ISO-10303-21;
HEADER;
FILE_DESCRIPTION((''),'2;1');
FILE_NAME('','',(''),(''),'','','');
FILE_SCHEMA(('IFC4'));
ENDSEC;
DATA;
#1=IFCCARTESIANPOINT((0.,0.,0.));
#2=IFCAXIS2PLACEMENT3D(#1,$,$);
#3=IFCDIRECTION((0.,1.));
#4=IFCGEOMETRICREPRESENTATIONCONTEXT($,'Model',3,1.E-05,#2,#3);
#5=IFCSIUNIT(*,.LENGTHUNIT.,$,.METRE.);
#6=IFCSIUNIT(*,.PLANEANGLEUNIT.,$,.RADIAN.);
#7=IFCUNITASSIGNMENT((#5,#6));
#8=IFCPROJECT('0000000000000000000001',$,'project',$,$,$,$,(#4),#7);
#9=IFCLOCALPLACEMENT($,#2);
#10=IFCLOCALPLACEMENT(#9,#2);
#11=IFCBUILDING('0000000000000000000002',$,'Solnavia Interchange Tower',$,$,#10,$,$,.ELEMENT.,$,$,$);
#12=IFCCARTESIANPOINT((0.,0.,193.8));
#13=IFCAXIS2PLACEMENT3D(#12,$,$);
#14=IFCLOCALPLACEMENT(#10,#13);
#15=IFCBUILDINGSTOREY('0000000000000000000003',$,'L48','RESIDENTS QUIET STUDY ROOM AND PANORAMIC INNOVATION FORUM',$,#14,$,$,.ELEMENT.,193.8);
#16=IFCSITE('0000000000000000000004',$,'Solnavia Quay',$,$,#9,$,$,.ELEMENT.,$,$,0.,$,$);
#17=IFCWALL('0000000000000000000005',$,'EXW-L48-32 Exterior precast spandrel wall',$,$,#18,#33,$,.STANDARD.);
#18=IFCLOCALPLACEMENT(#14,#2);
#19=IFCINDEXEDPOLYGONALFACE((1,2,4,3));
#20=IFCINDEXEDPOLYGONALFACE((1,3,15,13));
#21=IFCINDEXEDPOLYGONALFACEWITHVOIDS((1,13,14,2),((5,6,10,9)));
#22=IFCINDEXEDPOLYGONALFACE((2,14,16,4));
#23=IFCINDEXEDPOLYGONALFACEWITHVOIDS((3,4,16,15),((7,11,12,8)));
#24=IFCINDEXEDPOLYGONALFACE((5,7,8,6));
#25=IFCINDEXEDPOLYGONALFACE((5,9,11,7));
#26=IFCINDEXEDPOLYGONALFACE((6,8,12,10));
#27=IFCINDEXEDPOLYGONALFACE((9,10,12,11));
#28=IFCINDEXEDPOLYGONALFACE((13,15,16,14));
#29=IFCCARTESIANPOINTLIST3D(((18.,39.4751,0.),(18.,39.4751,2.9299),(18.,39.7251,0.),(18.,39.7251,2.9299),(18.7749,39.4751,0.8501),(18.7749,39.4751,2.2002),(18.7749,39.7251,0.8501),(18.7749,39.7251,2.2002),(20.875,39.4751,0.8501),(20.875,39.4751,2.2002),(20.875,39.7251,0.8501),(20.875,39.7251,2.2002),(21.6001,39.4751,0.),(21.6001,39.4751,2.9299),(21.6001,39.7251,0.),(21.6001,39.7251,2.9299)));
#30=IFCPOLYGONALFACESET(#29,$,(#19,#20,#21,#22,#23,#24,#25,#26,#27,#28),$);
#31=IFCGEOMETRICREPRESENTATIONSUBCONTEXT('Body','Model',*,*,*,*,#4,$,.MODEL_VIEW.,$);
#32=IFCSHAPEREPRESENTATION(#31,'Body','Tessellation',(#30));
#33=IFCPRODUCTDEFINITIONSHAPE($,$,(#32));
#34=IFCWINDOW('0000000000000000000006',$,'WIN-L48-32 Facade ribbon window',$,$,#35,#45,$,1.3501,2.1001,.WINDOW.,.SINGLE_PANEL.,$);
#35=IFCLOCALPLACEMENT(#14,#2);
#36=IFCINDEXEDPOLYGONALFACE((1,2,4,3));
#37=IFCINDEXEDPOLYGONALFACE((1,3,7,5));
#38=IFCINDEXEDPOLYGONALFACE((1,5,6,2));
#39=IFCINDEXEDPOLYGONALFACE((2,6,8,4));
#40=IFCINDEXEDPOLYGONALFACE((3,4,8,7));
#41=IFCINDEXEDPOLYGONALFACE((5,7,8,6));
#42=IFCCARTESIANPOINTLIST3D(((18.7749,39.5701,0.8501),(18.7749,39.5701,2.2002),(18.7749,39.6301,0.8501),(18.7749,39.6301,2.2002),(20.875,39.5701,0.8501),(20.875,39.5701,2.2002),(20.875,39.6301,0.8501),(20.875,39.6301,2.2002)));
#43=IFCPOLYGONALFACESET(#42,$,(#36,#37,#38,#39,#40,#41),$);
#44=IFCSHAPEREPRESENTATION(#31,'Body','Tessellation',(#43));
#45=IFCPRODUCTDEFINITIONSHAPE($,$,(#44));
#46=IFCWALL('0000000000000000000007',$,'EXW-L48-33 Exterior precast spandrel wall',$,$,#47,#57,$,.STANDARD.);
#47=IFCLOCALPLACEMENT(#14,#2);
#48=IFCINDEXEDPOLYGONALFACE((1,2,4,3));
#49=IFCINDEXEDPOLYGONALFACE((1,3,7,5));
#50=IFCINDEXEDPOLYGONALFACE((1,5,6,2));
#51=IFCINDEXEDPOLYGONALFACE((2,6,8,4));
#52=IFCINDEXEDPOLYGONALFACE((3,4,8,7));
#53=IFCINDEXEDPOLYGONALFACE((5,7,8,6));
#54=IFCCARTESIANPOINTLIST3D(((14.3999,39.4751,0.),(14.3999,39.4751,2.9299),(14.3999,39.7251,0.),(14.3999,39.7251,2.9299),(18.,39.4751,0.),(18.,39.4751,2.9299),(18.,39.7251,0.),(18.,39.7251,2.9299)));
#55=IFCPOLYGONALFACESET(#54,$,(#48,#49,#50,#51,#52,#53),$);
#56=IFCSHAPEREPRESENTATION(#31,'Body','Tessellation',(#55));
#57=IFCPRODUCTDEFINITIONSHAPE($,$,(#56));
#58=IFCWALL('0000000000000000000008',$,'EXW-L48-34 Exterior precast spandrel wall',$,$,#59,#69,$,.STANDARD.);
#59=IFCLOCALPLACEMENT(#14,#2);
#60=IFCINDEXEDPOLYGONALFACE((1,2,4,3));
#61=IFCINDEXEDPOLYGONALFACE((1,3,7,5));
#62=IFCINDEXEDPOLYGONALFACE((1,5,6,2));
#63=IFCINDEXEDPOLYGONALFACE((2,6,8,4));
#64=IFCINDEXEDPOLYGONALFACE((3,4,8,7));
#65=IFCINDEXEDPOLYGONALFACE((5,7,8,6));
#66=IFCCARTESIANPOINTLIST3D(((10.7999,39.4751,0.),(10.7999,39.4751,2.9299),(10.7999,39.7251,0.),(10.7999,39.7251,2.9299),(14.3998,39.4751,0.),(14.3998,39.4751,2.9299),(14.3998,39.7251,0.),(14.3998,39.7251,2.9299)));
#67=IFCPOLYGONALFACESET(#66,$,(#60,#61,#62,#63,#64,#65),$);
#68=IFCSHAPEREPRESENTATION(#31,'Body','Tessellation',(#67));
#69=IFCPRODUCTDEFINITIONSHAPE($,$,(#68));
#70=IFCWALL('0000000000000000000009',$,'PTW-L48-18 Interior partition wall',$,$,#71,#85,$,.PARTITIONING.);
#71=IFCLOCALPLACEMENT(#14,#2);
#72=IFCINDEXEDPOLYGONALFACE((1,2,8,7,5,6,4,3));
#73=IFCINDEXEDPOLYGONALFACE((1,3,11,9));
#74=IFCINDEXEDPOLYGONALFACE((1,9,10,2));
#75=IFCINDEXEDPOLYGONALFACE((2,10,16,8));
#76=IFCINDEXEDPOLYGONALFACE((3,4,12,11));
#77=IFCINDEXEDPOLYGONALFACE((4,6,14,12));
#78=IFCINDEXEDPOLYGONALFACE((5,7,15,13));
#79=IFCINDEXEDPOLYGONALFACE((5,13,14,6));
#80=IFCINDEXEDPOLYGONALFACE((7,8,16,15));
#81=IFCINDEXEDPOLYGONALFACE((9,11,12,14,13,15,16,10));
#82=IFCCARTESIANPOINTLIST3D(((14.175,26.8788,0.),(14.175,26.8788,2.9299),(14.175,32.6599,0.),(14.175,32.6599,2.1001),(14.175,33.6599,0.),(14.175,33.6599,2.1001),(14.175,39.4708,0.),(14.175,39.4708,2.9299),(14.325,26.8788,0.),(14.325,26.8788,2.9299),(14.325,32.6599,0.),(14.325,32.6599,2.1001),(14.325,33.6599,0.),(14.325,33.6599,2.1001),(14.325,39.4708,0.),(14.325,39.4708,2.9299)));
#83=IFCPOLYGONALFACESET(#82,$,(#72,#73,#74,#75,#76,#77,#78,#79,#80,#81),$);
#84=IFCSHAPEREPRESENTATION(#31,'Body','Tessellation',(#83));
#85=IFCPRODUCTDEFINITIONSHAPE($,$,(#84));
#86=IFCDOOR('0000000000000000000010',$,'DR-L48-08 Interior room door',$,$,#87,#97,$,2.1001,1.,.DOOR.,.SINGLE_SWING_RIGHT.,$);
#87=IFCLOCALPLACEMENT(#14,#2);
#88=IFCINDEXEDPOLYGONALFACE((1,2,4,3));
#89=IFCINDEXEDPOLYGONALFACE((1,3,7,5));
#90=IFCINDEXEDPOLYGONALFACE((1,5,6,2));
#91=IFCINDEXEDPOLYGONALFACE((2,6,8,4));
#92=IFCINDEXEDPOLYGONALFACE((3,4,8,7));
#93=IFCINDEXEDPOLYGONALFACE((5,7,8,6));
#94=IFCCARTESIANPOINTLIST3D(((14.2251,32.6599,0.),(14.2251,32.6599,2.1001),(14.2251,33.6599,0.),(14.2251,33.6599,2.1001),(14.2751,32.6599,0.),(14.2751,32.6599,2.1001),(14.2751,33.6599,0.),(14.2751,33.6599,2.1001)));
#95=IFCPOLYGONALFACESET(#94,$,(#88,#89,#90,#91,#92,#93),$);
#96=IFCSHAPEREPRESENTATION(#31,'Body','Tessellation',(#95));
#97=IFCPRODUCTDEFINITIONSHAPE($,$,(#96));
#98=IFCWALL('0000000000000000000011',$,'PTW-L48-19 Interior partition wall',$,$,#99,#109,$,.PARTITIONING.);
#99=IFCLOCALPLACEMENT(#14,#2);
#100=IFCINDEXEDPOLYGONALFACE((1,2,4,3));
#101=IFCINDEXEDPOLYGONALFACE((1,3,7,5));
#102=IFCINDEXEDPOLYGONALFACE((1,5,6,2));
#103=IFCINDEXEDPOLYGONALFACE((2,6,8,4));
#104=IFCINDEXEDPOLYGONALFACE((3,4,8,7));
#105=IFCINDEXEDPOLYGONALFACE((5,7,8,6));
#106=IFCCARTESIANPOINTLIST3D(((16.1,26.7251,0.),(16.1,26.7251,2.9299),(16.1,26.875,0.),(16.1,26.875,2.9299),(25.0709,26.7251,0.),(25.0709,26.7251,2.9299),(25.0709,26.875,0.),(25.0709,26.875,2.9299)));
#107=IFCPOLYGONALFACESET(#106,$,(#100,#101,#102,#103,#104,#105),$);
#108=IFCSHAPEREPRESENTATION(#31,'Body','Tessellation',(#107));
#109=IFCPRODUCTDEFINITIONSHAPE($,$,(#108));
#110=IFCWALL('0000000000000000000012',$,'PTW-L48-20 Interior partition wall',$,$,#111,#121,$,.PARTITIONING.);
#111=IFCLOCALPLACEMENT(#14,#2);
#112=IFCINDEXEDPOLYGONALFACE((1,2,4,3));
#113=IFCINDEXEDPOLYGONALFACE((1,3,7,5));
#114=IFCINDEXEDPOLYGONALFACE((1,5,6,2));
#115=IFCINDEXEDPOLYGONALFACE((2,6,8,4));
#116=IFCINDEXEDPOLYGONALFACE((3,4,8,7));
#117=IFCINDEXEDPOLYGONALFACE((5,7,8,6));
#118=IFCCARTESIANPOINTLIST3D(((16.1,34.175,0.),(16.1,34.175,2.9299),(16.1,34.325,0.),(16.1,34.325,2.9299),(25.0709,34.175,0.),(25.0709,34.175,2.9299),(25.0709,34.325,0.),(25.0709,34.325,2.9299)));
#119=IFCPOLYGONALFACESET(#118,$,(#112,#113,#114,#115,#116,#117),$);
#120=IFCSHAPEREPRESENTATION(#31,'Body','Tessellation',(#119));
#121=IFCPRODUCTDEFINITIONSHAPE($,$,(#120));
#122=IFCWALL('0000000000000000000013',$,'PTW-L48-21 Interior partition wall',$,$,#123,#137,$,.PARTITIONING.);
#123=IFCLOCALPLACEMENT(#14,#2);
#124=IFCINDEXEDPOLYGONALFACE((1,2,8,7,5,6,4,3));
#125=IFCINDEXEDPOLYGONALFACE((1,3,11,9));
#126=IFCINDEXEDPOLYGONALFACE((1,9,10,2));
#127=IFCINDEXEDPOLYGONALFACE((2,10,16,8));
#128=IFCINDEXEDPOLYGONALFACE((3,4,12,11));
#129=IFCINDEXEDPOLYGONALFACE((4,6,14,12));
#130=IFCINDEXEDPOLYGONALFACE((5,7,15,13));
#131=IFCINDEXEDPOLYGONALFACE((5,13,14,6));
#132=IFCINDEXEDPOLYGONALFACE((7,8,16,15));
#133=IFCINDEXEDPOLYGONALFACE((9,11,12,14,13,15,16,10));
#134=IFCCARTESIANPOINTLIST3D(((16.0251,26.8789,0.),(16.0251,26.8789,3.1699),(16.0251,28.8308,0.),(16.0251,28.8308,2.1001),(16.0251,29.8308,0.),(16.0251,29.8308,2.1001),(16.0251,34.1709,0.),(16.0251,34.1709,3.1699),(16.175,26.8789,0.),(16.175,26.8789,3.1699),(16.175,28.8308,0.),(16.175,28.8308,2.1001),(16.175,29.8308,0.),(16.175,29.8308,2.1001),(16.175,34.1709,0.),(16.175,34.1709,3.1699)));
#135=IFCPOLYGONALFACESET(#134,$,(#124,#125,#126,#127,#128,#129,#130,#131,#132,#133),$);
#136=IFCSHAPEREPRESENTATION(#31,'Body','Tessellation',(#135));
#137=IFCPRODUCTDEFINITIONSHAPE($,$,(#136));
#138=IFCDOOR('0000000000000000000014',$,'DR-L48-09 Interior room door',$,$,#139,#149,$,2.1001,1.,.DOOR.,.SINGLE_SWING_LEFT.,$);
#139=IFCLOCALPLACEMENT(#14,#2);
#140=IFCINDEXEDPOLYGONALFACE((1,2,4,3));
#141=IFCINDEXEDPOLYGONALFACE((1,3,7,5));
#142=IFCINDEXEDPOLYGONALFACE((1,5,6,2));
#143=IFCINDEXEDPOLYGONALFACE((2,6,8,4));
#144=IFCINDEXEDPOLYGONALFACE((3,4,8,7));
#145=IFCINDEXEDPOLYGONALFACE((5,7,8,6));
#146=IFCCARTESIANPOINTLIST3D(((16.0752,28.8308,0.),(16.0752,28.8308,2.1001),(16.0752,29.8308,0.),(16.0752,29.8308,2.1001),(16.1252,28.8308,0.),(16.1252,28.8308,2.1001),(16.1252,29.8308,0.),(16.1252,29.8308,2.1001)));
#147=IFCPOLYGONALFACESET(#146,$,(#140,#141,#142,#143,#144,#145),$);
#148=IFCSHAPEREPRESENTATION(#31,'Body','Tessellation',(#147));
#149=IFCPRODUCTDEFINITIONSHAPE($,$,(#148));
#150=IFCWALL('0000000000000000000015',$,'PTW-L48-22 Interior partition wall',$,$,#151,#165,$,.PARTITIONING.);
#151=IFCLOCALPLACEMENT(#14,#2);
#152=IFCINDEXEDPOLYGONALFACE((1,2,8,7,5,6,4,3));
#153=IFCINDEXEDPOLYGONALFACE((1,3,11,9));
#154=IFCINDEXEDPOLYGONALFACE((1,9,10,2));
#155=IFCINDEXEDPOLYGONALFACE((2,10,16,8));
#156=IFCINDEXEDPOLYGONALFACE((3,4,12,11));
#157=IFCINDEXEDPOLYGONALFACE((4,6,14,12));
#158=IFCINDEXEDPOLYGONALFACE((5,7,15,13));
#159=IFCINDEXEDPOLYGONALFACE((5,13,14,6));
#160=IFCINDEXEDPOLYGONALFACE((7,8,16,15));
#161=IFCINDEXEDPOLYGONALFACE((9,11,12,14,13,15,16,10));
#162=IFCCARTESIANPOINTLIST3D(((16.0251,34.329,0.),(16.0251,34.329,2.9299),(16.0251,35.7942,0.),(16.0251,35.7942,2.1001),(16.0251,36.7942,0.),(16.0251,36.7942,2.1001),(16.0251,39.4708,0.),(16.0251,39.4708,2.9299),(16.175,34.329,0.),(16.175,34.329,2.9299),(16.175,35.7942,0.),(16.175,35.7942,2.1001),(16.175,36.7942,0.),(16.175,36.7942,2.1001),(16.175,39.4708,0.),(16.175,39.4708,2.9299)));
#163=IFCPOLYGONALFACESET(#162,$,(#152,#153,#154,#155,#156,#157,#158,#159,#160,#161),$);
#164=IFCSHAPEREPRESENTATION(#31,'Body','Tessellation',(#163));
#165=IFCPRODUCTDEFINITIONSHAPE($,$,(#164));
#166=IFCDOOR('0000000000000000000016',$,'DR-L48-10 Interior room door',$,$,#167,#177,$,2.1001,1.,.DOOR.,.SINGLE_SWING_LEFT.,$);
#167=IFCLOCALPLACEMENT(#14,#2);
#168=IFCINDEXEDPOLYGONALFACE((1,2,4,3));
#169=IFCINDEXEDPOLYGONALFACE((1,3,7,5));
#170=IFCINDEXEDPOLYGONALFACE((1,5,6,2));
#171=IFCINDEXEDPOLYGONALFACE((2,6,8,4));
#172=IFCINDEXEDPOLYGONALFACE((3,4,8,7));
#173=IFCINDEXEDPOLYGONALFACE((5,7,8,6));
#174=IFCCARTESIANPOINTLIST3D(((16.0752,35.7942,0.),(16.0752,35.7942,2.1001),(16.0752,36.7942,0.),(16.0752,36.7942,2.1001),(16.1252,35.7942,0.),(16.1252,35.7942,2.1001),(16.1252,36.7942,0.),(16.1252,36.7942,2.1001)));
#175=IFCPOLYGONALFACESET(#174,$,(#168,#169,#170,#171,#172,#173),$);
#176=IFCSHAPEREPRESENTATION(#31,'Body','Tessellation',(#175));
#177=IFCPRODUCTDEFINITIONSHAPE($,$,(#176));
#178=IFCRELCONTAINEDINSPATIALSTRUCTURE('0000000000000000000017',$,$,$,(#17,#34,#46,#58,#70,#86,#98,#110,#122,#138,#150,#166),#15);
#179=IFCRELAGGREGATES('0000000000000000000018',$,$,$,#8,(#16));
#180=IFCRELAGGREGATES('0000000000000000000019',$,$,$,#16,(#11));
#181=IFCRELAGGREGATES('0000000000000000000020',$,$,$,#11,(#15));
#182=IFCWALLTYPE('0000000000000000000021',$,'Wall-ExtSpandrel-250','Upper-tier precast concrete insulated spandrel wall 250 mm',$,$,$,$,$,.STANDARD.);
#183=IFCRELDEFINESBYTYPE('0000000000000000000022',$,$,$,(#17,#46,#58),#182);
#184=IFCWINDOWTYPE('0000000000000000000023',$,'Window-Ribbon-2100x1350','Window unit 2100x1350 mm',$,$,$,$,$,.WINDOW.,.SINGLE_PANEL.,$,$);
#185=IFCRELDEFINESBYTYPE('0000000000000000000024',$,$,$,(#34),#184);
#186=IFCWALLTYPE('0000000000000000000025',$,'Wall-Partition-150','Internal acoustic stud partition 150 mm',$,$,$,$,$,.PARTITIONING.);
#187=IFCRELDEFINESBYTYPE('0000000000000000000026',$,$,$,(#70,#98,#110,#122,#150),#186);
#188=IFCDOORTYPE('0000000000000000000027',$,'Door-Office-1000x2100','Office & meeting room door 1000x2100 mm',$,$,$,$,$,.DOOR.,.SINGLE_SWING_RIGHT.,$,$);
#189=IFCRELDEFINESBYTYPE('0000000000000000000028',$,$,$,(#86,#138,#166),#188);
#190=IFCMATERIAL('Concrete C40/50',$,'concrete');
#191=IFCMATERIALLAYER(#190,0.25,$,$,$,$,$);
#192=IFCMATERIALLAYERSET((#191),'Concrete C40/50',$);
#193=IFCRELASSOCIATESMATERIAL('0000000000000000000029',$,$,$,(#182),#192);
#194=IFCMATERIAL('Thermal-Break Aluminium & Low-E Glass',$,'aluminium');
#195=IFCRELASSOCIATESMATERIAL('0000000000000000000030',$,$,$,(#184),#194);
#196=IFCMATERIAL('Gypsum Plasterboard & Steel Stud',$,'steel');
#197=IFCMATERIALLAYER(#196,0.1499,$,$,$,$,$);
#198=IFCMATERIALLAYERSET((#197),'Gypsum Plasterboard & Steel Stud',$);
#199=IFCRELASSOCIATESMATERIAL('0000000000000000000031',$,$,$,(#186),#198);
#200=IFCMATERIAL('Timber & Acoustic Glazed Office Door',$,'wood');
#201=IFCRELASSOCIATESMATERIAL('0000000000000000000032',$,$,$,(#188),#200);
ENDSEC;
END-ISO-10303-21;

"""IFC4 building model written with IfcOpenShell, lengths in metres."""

from ifc_helpers import new_model, si_unit, direction, frame, frame_2d, origin, place, context, subcontext, project, spatial, rectangle, extrude, material, layer, layer_set, type_object, element, fill, save


model = new_model("IFC4")

# Units and contexts
model_context = context("Model", 3, precision=1e-05, world=origin(), true_north=direction((0.0, 1.0)))
body_context = subcontext(model_context, "Body", "Model", "MODEL_VIEW")
ifc_project = project(units=[si_unit("LENGTHUNIT", "METRE"), si_unit("PLANEANGLEUNIT", "RADIAN")], contexts=[model_context])

# Site, building, storey
site_placement = place(None, origin())
site = spatial("IfcSite", under=ifc_project, at=site_placement, Name="Solnavia Quay", CompositionType="ELEMENT", RefElevation=0.0)
building_placement = place(site_placement, origin())
building = spatial("IfcBuilding", under=site, at=building_placement, Name="Solnavia Interchange Tower", CompositionType="ELEMENT")
storey_placement = place(building_placement, frame((0.0, 0.0, 193.8)))
storey = spatial("IfcBuildingStorey", under=building, at=storey_placement, Name="L48", Description="RESIDENTS QUIET STUDY ROOM AND PANORAMIC INNOVATION FORUM", CompositionType="ELEMENT", Elevation=193.8)

# Wall, opening, window
ifc_material_1 = material(Name="Concrete C40/50", Category="concrete")
ifc_layer_1 = layer(ifc_material_1, 0.25)
ifc_layer_set_1 = layer_set([ifc_layer_1], Name="Concrete C40/50")
wall_type_1 = type_object("IfcWallType", Name="Wall-ExtSpandrel-250", Description="Upper-tier precast concrete insulated spandrel wall 250 mm", PredefinedType="STANDARD", material=ifc_layer_set_1)
wall_1_placement = place(storey_placement, frame((18.0, 39.6001, 0.0), z_axis=(0.0, 0.0, 1.0), x_axis=(1.0, 0.0, 0.0)))
wall_1 = element("IfcWall", 1, at=wall_1_placement, inside=storey, type_object=wall_type_1, Name="EXW-L48-32 Exterior precast spandrel wall", PredefinedType="STANDARD", context=body_context, shape_type="SweptSolid", body=[
    extrude(rectangle(XDim=3.6001, YDim=0.25, at=frame_2d((1.8, 0.0))), origin(), (0.0, 0.0, 1.0), 2.9299),
])
opening_1_placement = place(wall_1_placement, frame((0.7749, 0.0, 0.8501)))
opening_1 = element("IfcOpeningElement", 2, at=opening_1_placement, cuts=wall_1, PredefinedType="OPENING", context=body_context, shape_type="SweptSolid", body=[
    extrude(rectangle(XDim=2.1001, YDim=1.3501, at=frame_2d((1.05, 0.675))), frame((0.0, 0.135, 0.0), z_axis=(0.0, -1.0, 0.0), x_axis=(1.0, 0.0, 0.0)), (0.0, 0.0, 1.0), 0.27),
])
ifc_material_2 = material(Name="Thermal-Break Aluminium & Low-E Glass", Category="aluminium")
window_type = type_object("IfcWindowType", Name="Window-Ribbon-2100x1350", Description="Window unit 2100x1350 mm", PartitioningType="SINGLE_PANEL", PredefinedType="WINDOW", material=ifc_material_2)
window_placement = place(opening_1_placement, origin())
window = element("IfcWindow", 3, at=window_placement, inside=storey, type_object=window_type, Name="WIN-L48-32 Facade ribbon window", OverallHeight=1.3501, OverallWidth=2.1001, PartitioningType="SINGLE_PANEL", PredefinedType="WINDOW", context=body_context, shape_type="SweptSolid", body=[
    extrude(rectangle(XDim=2.1001, YDim=1.3501, at=frame_2d((1.05, 0.675))), frame((0.0, 0.03, 0.0), z_axis=(0.0, -1.0, 0.0), x_axis=(1.0, 0.0, 0.0)), (0.0, 0.0, 1.0), 0.0601),
])
fill(opening_1, window)

# Walls
wall_2_placement = place(storey_placement, frame((14.3999, 39.6001, 0.0), z_axis=(0.0, 0.0, 1.0), x_axis=(1.0, 0.0, 0.0)))
element("IfcWall", 4, at=wall_2_placement, inside=storey, type_object=wall_type_1, Name="EXW-L48-33 Exterior precast spandrel wall", PredefinedType="STANDARD", context=body_context, shape_type="SweptSolid", body=[
    extrude(rectangle(XDim=3.6001, YDim=0.25, at=frame_2d((1.8, 0.0))), origin(), (0.0, 0.0, 1.0), 2.9299),
])
wall_3_placement = place(storey_placement, frame((10.8, 39.6001, 0.0), z_axis=(0.0, 0.0, 1.0), x_axis=(1.0, 0.0, 0.0)))
element("IfcWall", 5, at=wall_3_placement, inside=storey, type_object=wall_type_1, Name="EXW-L48-34 Exterior precast spandrel wall", PredefinedType="STANDARD", context=body_context, shape_type="SweptSolid", body=[
    extrude(rectangle(XDim=3.5999, YDim=0.25, at=frame_2d((1.7998, 0.0))), origin(), (0.0, 0.0, 1.0), 2.9299),
])

# Wall, opening, door
ifc_material_3 = material(Name="Gypsum Plasterboard & Steel Stud", Category="steel")
ifc_layer_2 = layer(ifc_material_3, 0.1499)
ifc_layer_set_2 = layer_set([ifc_layer_2], Name="Gypsum Plasterboard & Steel Stud")
wall_type_2 = type_object("IfcWallType", Name="Wall-Partition-150", Description="Internal acoustic stud partition 150 mm", PredefinedType="PARTITIONING", material=ifc_layer_set_2)
wall_4_placement = place(storey_placement, frame((14.25, 26.8789, 0.0), z_axis=(0.0, 0.0, 1.0), x_axis=(0.0, 1.0, 0.0)))
wall_4 = element("IfcWall", 6, at=wall_4_placement, inside=storey, type_object=wall_type_2, Name="PTW-L48-18 Interior partition wall", PredefinedType="PARTITIONING", context=body_context, shape_type="SweptSolid", body=[
    extrude(rectangle(XDim=12.592, YDim=0.1499, at=frame_2d((6.2959, 0.0))), origin(), (0.0, 0.0, 1.0), 2.9299),
])
opening_2_placement = place(wall_4_placement, frame((5.781, 0.0, 0.0)))
opening_2 = element("IfcOpeningElement", 7, at=opening_2_placement, cuts=wall_4, PredefinedType="OPENING", context=body_context, shape_type="SweptSolid", body=[
    extrude(rectangle(XDim=1.0, YDim=2.1001, at=frame_2d((0.5, 1.05))), frame((0.0, 0.085, 0.0), z_axis=(0.0, -1.0, 0.0), x_axis=(1.0, 0.0, 0.0)), (0.0, 0.0, 1.0), 0.1699),
])
ifc_material_4 = material(Name="Timber & Acoustic Glazed Office Door", Category="wood")
door_type = type_object("IfcDoorType", Name="Door-Office-1000x2100", Description="Office & meeting room door 1000x2100 mm", OperationType="SINGLE_SWING_RIGHT", PredefinedType="DOOR", material=ifc_material_4)
door_1_placement = place(opening_2_placement, origin())
door_1 = element("IfcDoor", 8, at=door_1_placement, inside=storey, type_object=door_type, Name="DR-L48-08 Interior room door", OperationType="SINGLE_SWING_RIGHT", OverallHeight=2.1001, OverallWidth=1.0, PredefinedType="DOOR", context=body_context, shape_type="SweptSolid", body=[
    extrude(rectangle(XDim=1.0, YDim=2.1001, at=frame_2d((0.5, 1.05))), frame((0.0, 0.0249, 0.0), z_axis=(0.0, -1.0, 0.0), x_axis=(1.0, 0.0, 0.0)), (0.0, 0.0, 1.0), 0.05),
])
fill(opening_2, door_1)

# Walls
for number, where, z_axis, x_axis, name in (
    (9, (16.1001, 26.8, 0.0), (0.0, 0.0, 1.0), (1.0, 0.0, 0.0), "PTW-L48-19 Interior partition wall"),
    (10, (16.1001, 34.25, 0.0), (0.0, 0.0, 1.0), (1.0, 0.0, 0.0), "PTW-L48-20 Interior partition wall"),
):
    element("IfcWall", number, at=place(storey_placement, frame(where, z_axis=z_axis, x_axis=x_axis)), inside=storey, type_object=wall_type_2, Name=name, PredefinedType="PARTITIONING", context=body_context, shape_type="SweptSolid", body=[
        extrude(rectangle(XDim=8.9709, YDim=0.1499, at=frame_2d((4.4854, 0.0))), origin(), (0.0, 0.0, 1.0), 2.9299),
    ])

# Walls, openings, doors
wall_5_placement = place(storey_placement, frame((16.1001, 26.8789, 0.0), z_axis=(0.0, 0.0, 1.0), x_axis=(0.0, 1.0, 0.0)))
wall_5 = element("IfcWall", 11, at=wall_5_placement, inside=storey, type_object=wall_type_2, Name="PTW-L48-21 Interior partition wall", PredefinedType="PARTITIONING", context=body_context, shape_type="SweptSolid", body=[
    extrude(rectangle(XDim=7.292, YDim=0.1499, at=frame_2d((3.646, 0.0))), origin(), (0.0, 0.0, 1.0), 3.1699),
])
opening_3_placement = place(wall_5_placement, frame((1.9519, 0.0, 0.0)))
opening_3 = element("IfcOpeningElement", 12, at=opening_3_placement, cuts=wall_5, PredefinedType="OPENING", context=body_context, shape_type="SweptSolid", body=[
    extrude(rectangle(XDim=1.0, YDim=2.1001, at=frame_2d((0.5, 1.05))), frame((0.0, 0.085, 0.0), z_axis=(0.0, -1.0, 0.0), x_axis=(1.0, 0.0, 0.0)), (0.0, 0.0, 1.0), 0.1699),
])
door_2_placement = place(opening_3_placement, origin())
door_2 = element("IfcDoor", 13, at=door_2_placement, inside=storey, type_object=door_type, Name="DR-L48-09 Interior room door", OperationType="SINGLE_SWING_LEFT", OverallHeight=2.1001, OverallWidth=1.0, PredefinedType="DOOR", context=body_context, shape_type="SweptSolid", body=[
    extrude(rectangle(XDim=1.0, YDim=2.1001, at=frame_2d((0.5, 1.05))), frame((0.0, 0.0249, 0.0), z_axis=(0.0, -1.0, 0.0), x_axis=(1.0, 0.0, 0.0)), (0.0, 0.0, 1.0), 0.05),
])
fill(opening_3, door_2)
wall_6_placement = place(storey_placement, frame((16.1001, 34.3291, 0.0), z_axis=(0.0, 0.0, 1.0), x_axis=(0.0, 1.0, 0.0)))
wall_6 = element("IfcWall", 14, at=wall_6_placement, inside=storey, type_object=wall_type_2, Name="PTW-L48-22 Interior partition wall", PredefinedType="PARTITIONING", context=body_context, shape_type="SweptSolid", body=[
    extrude(rectangle(XDim=5.1418, YDim=0.1499, at=frame_2d((2.5708, 0.0))), origin(), (0.0, 0.0, 1.0), 2.9299),
])
opening_4_placement = place(wall_6_placement, frame((1.4651, 0.0, 0.0)))
opening_4 = element("IfcOpeningElement", 15, at=opening_4_placement, cuts=wall_6, PredefinedType="OPENING", context=body_context, shape_type="SweptSolid", body=[
    extrude(rectangle(XDim=1.0, YDim=2.1001, at=frame_2d((0.5, 1.05))), frame((0.0, 0.085, 0.0), z_axis=(0.0, -1.0, 0.0), x_axis=(1.0, 0.0, 0.0)), (0.0, 0.0, 1.0), 0.1699),
])
door_3_placement = place(opening_4_placement, origin())
door_3 = element("IfcDoor", 16, at=door_3_placement, inside=storey, type_object=door_type, Name="DR-L48-10 Interior room door", OperationType="SINGLE_SWING_LEFT", OverallHeight=2.1001, OverallWidth=1.0, PredefinedType="DOOR", context=body_context, shape_type="SweptSolid", body=[
    extrude(rectangle(XDim=1.0, YDim=2.1001, at=frame_2d((0.5, 1.05))), frame((0.0, 0.0249, 0.0), z_axis=(0.0, -1.0, 0.0), x_axis=(1.0, 0.0, 0.0)), (0.0, 0.0, 1.0), 0.05),
])
fill(opening_4, door_3)

save(model, "model.ifc")
